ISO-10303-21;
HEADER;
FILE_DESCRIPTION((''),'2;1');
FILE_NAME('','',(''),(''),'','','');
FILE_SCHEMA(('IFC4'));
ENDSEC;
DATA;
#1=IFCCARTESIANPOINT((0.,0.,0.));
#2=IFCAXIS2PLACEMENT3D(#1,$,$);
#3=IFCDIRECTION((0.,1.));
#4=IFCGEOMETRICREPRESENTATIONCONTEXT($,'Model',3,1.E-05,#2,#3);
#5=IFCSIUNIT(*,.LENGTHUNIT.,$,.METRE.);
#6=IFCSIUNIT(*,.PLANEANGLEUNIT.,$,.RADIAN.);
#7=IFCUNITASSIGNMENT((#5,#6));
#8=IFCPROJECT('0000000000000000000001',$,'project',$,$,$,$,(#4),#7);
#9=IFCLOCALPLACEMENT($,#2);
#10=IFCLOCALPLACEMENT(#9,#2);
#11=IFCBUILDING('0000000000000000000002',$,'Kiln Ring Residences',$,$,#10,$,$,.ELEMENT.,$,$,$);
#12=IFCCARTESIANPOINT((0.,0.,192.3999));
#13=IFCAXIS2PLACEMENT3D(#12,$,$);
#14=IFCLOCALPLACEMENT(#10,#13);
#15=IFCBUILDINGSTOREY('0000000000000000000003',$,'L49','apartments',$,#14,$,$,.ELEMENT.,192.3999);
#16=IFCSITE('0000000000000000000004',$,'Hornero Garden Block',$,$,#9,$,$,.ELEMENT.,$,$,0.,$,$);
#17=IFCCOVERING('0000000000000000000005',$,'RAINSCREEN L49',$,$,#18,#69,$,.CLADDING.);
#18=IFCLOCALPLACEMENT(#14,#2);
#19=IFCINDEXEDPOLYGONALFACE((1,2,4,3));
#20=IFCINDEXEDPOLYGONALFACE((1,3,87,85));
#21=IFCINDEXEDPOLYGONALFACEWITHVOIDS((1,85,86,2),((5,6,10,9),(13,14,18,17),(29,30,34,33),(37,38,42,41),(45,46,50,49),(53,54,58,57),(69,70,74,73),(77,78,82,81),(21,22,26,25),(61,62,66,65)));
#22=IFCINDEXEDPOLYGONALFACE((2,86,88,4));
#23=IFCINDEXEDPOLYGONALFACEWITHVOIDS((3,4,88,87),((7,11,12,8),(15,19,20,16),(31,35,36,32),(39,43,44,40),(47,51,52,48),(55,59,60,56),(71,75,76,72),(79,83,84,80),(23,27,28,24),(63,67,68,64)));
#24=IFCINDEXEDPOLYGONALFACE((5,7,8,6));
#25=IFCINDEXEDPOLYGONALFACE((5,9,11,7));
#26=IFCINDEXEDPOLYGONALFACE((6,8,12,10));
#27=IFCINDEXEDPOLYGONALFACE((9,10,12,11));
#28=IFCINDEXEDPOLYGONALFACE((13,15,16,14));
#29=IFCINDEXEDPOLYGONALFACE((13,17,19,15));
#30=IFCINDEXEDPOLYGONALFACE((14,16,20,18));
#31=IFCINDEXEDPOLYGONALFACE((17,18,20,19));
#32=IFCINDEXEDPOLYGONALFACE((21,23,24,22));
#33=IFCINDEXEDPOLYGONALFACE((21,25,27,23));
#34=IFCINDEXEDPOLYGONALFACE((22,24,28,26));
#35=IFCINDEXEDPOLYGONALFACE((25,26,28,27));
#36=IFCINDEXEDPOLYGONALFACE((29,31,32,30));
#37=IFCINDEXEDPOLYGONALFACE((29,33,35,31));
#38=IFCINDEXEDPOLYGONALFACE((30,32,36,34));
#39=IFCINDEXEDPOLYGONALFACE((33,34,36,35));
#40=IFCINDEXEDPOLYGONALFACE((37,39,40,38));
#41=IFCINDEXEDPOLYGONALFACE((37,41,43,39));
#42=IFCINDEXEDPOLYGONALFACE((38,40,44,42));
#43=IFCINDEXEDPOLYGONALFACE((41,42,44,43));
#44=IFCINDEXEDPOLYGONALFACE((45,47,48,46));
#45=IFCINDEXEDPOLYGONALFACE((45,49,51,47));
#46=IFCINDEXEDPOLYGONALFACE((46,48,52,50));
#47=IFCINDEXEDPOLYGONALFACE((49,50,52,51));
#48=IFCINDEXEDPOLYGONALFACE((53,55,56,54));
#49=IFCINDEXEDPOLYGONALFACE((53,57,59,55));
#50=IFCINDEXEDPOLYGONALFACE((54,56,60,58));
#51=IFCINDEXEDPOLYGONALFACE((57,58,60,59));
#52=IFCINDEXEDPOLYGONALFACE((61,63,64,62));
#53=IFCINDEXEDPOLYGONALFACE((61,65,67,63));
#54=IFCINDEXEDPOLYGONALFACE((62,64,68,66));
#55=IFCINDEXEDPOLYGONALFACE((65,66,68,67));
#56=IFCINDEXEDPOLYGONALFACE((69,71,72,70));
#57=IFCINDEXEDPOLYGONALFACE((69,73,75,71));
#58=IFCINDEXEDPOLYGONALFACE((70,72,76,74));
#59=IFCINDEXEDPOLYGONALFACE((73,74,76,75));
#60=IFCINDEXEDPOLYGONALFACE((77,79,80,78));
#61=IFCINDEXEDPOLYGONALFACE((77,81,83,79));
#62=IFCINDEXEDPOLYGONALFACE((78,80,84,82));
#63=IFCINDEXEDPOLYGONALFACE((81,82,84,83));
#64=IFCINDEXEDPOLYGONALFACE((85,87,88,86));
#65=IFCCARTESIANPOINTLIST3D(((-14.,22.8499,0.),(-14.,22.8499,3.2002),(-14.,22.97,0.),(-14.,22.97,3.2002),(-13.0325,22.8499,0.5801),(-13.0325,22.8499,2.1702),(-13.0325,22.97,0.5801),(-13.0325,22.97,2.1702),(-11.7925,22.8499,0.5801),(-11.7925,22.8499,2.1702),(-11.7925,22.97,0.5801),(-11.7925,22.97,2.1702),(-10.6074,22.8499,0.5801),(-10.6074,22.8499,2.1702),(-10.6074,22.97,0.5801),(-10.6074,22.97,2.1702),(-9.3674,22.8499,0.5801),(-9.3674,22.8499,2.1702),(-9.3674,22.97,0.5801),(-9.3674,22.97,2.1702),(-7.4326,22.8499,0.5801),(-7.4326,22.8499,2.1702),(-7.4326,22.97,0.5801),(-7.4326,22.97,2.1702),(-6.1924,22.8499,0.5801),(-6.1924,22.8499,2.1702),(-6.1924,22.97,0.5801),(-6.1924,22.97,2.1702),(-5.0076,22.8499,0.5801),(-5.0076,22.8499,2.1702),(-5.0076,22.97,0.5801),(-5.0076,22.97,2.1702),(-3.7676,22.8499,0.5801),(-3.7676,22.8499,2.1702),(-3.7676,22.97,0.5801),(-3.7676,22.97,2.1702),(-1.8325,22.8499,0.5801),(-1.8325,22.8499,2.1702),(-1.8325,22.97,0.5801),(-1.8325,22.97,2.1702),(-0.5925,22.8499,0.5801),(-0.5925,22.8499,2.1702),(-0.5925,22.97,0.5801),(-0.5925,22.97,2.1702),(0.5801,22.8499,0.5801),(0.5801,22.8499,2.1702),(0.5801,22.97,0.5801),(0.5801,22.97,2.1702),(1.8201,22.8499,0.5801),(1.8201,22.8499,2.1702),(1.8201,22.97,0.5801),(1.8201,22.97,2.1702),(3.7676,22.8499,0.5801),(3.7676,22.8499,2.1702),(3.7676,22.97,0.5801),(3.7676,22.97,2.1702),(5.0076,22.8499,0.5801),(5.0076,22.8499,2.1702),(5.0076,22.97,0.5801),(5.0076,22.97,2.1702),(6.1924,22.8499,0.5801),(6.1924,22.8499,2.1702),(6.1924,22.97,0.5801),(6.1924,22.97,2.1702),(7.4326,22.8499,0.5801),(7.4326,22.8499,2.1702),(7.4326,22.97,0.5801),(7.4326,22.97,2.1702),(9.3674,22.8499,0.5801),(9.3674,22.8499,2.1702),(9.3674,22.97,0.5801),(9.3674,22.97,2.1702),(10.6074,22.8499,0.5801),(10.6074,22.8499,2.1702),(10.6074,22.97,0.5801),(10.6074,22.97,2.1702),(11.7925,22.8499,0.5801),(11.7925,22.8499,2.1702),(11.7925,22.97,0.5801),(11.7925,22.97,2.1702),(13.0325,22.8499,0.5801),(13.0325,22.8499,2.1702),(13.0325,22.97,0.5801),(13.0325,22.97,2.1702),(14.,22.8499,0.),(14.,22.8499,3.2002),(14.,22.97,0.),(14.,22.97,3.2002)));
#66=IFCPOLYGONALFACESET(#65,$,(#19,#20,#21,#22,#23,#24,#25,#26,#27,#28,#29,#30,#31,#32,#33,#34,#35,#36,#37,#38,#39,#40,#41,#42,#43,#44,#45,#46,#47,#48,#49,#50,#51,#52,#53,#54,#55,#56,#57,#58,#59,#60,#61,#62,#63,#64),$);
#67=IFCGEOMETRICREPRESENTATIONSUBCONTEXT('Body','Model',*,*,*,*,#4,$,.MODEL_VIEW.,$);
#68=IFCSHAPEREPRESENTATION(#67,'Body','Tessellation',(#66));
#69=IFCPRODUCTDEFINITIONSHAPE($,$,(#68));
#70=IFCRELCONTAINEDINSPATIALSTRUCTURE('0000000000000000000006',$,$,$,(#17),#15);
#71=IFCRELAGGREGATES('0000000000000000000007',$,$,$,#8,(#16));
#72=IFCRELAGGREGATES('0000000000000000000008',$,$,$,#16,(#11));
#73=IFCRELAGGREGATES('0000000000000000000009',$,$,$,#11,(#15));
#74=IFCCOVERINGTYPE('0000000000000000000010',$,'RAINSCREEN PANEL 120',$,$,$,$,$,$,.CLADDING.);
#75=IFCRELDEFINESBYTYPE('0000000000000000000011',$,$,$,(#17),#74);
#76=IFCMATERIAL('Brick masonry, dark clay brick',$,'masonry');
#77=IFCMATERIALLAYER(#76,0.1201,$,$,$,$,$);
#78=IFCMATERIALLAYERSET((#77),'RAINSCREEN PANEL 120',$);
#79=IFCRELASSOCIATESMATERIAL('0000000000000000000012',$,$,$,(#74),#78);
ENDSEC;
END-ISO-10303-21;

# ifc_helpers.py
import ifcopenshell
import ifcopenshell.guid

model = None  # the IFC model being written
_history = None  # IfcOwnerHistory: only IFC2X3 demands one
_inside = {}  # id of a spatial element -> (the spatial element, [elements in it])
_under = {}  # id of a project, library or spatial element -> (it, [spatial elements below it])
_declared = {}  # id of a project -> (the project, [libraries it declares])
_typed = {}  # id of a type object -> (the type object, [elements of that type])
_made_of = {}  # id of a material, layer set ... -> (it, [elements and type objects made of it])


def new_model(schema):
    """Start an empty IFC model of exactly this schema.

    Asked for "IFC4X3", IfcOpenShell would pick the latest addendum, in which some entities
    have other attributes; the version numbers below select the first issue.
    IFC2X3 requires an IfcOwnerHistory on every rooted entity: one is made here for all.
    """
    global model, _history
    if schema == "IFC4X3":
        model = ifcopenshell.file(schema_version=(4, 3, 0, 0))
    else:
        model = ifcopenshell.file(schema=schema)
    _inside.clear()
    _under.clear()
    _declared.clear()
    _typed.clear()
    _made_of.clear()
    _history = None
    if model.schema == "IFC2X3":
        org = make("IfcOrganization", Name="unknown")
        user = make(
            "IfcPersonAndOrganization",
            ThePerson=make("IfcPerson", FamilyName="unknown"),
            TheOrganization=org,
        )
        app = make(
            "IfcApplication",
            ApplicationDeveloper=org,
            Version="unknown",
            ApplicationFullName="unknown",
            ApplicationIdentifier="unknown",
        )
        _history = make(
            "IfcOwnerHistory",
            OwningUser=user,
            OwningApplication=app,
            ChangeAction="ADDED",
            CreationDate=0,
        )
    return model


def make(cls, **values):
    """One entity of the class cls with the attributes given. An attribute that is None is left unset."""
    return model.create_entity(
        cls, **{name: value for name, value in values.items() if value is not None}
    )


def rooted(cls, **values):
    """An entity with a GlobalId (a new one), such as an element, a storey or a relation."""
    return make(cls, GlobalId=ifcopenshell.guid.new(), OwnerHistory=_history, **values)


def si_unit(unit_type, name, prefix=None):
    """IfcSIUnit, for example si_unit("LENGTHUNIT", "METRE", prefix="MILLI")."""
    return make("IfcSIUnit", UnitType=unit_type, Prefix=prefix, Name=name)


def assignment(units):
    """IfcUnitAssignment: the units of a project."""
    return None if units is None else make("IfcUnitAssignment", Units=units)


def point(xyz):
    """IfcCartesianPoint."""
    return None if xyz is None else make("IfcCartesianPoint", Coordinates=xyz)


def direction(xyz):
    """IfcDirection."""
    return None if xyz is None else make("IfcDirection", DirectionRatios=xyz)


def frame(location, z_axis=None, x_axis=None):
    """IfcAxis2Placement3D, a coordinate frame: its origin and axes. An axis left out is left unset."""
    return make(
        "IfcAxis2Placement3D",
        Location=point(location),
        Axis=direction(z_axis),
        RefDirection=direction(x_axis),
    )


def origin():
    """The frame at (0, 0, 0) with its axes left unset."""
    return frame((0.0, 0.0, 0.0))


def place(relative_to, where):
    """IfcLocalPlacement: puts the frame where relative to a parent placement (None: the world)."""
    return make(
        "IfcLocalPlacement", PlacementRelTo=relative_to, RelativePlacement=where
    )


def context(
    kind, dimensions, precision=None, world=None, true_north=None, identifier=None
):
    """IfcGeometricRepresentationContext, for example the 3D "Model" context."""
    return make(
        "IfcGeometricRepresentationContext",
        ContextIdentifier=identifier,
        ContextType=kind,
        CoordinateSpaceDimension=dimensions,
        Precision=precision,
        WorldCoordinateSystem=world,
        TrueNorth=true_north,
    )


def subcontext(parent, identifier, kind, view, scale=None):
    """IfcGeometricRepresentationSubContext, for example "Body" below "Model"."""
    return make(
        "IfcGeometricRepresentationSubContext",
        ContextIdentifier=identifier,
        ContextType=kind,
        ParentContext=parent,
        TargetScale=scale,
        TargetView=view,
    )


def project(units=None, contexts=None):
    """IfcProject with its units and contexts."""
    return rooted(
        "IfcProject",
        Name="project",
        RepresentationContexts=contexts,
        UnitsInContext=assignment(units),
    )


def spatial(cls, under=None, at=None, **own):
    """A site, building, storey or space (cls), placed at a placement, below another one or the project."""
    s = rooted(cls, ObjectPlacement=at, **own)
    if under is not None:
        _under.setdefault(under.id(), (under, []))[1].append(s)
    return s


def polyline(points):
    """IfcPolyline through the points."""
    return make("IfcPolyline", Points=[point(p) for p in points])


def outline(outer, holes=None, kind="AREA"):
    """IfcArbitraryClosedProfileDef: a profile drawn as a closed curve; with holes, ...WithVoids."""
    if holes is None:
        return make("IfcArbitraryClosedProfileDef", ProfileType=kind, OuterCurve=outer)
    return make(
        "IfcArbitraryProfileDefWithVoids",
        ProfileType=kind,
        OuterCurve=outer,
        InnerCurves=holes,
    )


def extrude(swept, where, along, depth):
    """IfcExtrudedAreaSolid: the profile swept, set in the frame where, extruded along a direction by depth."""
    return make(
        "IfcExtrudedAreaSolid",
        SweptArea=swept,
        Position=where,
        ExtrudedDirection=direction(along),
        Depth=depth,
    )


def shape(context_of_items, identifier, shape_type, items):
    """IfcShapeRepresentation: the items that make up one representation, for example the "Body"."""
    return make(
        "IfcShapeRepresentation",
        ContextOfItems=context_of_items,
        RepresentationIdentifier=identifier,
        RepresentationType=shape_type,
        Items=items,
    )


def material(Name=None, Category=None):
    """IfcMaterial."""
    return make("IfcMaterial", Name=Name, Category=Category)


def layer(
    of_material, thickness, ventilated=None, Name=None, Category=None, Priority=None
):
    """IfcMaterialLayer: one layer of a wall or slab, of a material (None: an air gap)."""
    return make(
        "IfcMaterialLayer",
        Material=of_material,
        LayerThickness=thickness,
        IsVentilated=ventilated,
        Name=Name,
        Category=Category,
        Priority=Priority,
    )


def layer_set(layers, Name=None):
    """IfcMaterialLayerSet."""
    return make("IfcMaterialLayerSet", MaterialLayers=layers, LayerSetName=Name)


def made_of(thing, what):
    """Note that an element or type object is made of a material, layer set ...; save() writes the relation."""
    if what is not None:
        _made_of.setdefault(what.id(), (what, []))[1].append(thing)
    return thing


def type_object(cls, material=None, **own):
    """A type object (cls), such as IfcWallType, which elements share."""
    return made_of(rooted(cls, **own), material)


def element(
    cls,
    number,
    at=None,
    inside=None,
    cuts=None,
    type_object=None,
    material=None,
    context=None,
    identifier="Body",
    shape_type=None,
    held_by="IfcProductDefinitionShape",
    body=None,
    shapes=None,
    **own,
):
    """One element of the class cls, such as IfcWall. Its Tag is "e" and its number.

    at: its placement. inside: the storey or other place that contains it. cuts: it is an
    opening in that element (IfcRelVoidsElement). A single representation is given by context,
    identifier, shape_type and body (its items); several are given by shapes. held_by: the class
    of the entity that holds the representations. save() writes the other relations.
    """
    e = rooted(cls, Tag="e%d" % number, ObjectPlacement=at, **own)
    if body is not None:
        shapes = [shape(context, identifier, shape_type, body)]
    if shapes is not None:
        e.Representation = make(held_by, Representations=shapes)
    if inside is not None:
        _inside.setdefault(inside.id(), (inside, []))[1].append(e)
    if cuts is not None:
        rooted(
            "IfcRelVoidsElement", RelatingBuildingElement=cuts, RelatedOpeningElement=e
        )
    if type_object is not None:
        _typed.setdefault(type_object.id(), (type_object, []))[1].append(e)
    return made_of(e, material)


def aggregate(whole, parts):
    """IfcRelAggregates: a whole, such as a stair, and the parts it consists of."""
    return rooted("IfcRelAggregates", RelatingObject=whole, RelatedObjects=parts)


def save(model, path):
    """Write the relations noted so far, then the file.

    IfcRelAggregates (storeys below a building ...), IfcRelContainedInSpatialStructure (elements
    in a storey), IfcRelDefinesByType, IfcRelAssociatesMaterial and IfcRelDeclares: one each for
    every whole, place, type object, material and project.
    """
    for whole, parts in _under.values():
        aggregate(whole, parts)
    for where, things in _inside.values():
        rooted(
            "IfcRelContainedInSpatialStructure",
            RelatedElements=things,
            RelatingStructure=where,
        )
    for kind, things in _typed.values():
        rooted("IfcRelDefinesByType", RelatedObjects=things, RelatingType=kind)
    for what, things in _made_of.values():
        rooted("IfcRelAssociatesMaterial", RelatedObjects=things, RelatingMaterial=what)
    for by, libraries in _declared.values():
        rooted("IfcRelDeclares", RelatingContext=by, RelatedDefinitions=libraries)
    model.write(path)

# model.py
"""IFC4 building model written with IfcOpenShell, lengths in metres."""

from ifc_helpers import new_model, si_unit, direction, frame, origin, place, context, subcontext, project, spatial, polyline, outline, extrude, material, layer, layer_set, type_object, element, save


model = new_model("IFC4")

# Units and contexts
model_context = context("Model", 3, precision=1e-05, world=origin(), true_north=direction((0.0, 1.0)))
body_context = subcontext(model_context, "Body", "Model", "MODEL_VIEW")
ifc_project = project(units=[si_unit("LENGTHUNIT", "METRE"), si_unit("PLANEANGLEUNIT", "RADIAN")], contexts=[model_context])

# Site, building, storey
site_placement = place(None, origin())
site = spatial("IfcSite", under=ifc_project, at=site_placement, Name="Hornero Garden Block", CompositionType="ELEMENT", RefElevation=0.0)
building_placement = place(site_placement, origin())
building = spatial("IfcBuilding", under=site, at=building_placement, Name="Kiln Ring Residences", CompositionType="ELEMENT")
storey_placement = place(building_placement, frame((0.0, 0.0, 192.3999)))
storey = spatial("IfcBuildingStorey", under=building, at=storey_placement, Name="L49", Description="apartments", CompositionType="ELEMENT", Elevation=192.3999)

# Covering
ifc_material_1 = material(Name="Brick masonry, dark clay brick", Category="masonry")
ifc_layer_1 = layer(ifc_material_1, 0.1201)
ifc_layer_set_1 = layer_set([ifc_layer_1], Name="RAINSCREEN PANEL 120")
covering_type = type_object("IfcCoveringType", Name="RAINSCREEN PANEL 120", PredefinedType="CLADDING", material=ifc_layer_set_1)
covering_placement = place(storey_placement, frame((14.0, 22.9099, 0.0), z_axis=(0.0, 0.0, 1.0), x_axis=(-1.0, 0.0, 0.0)))
element("IfcCovering", 1, at=covering_placement, inside=storey, type_object=covering_type, Name="RAINSCREEN L49", PredefinedType="CLADDING", context=body_context, shape_type="SweptSolid", body=[
    extrude(outline(polyline([(0.0, 0.0), (28.0, 0.0), (28.0, 3.2002), (0.0, 3.2002), (0.0, 0.0)]), holes=[polyline([(0.9675, 0.5801), (2.2075, 0.5801), (2.2075, 2.1702), (0.9675, 2.1702), (0.9675, 0.5801)]), polyline([(3.3926, 0.5801), (4.6326, 0.5801), (4.6326, 2.1702), (3.3926, 2.1702), (3.3926, 0.5801)]), polyline([(6.5674, 0.5801), (7.8076, 0.5801), (7.8076, 2.1702), (6.5674, 2.1702), (6.5674, 0.5801)]), polyline([(8.9924, 2.1702), (8.9924, 0.5801), (10.2324, 0.5801), (10.2324, 2.1702), (8.9924, 2.1702)]), polyline([(12.1799, 2.1702), (12.1799, 0.5801), (13.4199, 0.5801), (13.4199, 2.1702), (12.1799, 2.1702)]), polyline([(14.5925, 0.5801), (15.8325, 0.5801), (15.8325, 2.1702), (14.5925, 2.1702), (14.5925, 0.5801)]), polyline([(17.7676, 0.5801), (19.0076, 0.5801), (19.0076, 2.1702), (17.7676, 2.1702), (17.7676, 0.5801)]), polyline([(20.1924, 0.5801), (21.4326, 0.5801), (21.4326, 2.1702), (20.1924, 2.1702), (20.1924, 0.5801)]), polyline([(23.3674, 2.1702), (23.3674, 0.5801), (24.6074, 0.5801), (24.6074, 2.1702), (23.3674, 2.1702)]), polyline([(25.7925, 2.1702), (25.7925, 0.5801), (27.0325, 0.5801), (27.0325, 2.1702), (25.7925, 2.1702)])]), frame((0.0, 0.0601, 0.0), z_axis=(0.0, -1.0, 0.0), x_axis=(1.0, 0.0, 0.0)), (0.0, 0.0, 1.0), 0.1201),
])

save(model, "model.ifc")
